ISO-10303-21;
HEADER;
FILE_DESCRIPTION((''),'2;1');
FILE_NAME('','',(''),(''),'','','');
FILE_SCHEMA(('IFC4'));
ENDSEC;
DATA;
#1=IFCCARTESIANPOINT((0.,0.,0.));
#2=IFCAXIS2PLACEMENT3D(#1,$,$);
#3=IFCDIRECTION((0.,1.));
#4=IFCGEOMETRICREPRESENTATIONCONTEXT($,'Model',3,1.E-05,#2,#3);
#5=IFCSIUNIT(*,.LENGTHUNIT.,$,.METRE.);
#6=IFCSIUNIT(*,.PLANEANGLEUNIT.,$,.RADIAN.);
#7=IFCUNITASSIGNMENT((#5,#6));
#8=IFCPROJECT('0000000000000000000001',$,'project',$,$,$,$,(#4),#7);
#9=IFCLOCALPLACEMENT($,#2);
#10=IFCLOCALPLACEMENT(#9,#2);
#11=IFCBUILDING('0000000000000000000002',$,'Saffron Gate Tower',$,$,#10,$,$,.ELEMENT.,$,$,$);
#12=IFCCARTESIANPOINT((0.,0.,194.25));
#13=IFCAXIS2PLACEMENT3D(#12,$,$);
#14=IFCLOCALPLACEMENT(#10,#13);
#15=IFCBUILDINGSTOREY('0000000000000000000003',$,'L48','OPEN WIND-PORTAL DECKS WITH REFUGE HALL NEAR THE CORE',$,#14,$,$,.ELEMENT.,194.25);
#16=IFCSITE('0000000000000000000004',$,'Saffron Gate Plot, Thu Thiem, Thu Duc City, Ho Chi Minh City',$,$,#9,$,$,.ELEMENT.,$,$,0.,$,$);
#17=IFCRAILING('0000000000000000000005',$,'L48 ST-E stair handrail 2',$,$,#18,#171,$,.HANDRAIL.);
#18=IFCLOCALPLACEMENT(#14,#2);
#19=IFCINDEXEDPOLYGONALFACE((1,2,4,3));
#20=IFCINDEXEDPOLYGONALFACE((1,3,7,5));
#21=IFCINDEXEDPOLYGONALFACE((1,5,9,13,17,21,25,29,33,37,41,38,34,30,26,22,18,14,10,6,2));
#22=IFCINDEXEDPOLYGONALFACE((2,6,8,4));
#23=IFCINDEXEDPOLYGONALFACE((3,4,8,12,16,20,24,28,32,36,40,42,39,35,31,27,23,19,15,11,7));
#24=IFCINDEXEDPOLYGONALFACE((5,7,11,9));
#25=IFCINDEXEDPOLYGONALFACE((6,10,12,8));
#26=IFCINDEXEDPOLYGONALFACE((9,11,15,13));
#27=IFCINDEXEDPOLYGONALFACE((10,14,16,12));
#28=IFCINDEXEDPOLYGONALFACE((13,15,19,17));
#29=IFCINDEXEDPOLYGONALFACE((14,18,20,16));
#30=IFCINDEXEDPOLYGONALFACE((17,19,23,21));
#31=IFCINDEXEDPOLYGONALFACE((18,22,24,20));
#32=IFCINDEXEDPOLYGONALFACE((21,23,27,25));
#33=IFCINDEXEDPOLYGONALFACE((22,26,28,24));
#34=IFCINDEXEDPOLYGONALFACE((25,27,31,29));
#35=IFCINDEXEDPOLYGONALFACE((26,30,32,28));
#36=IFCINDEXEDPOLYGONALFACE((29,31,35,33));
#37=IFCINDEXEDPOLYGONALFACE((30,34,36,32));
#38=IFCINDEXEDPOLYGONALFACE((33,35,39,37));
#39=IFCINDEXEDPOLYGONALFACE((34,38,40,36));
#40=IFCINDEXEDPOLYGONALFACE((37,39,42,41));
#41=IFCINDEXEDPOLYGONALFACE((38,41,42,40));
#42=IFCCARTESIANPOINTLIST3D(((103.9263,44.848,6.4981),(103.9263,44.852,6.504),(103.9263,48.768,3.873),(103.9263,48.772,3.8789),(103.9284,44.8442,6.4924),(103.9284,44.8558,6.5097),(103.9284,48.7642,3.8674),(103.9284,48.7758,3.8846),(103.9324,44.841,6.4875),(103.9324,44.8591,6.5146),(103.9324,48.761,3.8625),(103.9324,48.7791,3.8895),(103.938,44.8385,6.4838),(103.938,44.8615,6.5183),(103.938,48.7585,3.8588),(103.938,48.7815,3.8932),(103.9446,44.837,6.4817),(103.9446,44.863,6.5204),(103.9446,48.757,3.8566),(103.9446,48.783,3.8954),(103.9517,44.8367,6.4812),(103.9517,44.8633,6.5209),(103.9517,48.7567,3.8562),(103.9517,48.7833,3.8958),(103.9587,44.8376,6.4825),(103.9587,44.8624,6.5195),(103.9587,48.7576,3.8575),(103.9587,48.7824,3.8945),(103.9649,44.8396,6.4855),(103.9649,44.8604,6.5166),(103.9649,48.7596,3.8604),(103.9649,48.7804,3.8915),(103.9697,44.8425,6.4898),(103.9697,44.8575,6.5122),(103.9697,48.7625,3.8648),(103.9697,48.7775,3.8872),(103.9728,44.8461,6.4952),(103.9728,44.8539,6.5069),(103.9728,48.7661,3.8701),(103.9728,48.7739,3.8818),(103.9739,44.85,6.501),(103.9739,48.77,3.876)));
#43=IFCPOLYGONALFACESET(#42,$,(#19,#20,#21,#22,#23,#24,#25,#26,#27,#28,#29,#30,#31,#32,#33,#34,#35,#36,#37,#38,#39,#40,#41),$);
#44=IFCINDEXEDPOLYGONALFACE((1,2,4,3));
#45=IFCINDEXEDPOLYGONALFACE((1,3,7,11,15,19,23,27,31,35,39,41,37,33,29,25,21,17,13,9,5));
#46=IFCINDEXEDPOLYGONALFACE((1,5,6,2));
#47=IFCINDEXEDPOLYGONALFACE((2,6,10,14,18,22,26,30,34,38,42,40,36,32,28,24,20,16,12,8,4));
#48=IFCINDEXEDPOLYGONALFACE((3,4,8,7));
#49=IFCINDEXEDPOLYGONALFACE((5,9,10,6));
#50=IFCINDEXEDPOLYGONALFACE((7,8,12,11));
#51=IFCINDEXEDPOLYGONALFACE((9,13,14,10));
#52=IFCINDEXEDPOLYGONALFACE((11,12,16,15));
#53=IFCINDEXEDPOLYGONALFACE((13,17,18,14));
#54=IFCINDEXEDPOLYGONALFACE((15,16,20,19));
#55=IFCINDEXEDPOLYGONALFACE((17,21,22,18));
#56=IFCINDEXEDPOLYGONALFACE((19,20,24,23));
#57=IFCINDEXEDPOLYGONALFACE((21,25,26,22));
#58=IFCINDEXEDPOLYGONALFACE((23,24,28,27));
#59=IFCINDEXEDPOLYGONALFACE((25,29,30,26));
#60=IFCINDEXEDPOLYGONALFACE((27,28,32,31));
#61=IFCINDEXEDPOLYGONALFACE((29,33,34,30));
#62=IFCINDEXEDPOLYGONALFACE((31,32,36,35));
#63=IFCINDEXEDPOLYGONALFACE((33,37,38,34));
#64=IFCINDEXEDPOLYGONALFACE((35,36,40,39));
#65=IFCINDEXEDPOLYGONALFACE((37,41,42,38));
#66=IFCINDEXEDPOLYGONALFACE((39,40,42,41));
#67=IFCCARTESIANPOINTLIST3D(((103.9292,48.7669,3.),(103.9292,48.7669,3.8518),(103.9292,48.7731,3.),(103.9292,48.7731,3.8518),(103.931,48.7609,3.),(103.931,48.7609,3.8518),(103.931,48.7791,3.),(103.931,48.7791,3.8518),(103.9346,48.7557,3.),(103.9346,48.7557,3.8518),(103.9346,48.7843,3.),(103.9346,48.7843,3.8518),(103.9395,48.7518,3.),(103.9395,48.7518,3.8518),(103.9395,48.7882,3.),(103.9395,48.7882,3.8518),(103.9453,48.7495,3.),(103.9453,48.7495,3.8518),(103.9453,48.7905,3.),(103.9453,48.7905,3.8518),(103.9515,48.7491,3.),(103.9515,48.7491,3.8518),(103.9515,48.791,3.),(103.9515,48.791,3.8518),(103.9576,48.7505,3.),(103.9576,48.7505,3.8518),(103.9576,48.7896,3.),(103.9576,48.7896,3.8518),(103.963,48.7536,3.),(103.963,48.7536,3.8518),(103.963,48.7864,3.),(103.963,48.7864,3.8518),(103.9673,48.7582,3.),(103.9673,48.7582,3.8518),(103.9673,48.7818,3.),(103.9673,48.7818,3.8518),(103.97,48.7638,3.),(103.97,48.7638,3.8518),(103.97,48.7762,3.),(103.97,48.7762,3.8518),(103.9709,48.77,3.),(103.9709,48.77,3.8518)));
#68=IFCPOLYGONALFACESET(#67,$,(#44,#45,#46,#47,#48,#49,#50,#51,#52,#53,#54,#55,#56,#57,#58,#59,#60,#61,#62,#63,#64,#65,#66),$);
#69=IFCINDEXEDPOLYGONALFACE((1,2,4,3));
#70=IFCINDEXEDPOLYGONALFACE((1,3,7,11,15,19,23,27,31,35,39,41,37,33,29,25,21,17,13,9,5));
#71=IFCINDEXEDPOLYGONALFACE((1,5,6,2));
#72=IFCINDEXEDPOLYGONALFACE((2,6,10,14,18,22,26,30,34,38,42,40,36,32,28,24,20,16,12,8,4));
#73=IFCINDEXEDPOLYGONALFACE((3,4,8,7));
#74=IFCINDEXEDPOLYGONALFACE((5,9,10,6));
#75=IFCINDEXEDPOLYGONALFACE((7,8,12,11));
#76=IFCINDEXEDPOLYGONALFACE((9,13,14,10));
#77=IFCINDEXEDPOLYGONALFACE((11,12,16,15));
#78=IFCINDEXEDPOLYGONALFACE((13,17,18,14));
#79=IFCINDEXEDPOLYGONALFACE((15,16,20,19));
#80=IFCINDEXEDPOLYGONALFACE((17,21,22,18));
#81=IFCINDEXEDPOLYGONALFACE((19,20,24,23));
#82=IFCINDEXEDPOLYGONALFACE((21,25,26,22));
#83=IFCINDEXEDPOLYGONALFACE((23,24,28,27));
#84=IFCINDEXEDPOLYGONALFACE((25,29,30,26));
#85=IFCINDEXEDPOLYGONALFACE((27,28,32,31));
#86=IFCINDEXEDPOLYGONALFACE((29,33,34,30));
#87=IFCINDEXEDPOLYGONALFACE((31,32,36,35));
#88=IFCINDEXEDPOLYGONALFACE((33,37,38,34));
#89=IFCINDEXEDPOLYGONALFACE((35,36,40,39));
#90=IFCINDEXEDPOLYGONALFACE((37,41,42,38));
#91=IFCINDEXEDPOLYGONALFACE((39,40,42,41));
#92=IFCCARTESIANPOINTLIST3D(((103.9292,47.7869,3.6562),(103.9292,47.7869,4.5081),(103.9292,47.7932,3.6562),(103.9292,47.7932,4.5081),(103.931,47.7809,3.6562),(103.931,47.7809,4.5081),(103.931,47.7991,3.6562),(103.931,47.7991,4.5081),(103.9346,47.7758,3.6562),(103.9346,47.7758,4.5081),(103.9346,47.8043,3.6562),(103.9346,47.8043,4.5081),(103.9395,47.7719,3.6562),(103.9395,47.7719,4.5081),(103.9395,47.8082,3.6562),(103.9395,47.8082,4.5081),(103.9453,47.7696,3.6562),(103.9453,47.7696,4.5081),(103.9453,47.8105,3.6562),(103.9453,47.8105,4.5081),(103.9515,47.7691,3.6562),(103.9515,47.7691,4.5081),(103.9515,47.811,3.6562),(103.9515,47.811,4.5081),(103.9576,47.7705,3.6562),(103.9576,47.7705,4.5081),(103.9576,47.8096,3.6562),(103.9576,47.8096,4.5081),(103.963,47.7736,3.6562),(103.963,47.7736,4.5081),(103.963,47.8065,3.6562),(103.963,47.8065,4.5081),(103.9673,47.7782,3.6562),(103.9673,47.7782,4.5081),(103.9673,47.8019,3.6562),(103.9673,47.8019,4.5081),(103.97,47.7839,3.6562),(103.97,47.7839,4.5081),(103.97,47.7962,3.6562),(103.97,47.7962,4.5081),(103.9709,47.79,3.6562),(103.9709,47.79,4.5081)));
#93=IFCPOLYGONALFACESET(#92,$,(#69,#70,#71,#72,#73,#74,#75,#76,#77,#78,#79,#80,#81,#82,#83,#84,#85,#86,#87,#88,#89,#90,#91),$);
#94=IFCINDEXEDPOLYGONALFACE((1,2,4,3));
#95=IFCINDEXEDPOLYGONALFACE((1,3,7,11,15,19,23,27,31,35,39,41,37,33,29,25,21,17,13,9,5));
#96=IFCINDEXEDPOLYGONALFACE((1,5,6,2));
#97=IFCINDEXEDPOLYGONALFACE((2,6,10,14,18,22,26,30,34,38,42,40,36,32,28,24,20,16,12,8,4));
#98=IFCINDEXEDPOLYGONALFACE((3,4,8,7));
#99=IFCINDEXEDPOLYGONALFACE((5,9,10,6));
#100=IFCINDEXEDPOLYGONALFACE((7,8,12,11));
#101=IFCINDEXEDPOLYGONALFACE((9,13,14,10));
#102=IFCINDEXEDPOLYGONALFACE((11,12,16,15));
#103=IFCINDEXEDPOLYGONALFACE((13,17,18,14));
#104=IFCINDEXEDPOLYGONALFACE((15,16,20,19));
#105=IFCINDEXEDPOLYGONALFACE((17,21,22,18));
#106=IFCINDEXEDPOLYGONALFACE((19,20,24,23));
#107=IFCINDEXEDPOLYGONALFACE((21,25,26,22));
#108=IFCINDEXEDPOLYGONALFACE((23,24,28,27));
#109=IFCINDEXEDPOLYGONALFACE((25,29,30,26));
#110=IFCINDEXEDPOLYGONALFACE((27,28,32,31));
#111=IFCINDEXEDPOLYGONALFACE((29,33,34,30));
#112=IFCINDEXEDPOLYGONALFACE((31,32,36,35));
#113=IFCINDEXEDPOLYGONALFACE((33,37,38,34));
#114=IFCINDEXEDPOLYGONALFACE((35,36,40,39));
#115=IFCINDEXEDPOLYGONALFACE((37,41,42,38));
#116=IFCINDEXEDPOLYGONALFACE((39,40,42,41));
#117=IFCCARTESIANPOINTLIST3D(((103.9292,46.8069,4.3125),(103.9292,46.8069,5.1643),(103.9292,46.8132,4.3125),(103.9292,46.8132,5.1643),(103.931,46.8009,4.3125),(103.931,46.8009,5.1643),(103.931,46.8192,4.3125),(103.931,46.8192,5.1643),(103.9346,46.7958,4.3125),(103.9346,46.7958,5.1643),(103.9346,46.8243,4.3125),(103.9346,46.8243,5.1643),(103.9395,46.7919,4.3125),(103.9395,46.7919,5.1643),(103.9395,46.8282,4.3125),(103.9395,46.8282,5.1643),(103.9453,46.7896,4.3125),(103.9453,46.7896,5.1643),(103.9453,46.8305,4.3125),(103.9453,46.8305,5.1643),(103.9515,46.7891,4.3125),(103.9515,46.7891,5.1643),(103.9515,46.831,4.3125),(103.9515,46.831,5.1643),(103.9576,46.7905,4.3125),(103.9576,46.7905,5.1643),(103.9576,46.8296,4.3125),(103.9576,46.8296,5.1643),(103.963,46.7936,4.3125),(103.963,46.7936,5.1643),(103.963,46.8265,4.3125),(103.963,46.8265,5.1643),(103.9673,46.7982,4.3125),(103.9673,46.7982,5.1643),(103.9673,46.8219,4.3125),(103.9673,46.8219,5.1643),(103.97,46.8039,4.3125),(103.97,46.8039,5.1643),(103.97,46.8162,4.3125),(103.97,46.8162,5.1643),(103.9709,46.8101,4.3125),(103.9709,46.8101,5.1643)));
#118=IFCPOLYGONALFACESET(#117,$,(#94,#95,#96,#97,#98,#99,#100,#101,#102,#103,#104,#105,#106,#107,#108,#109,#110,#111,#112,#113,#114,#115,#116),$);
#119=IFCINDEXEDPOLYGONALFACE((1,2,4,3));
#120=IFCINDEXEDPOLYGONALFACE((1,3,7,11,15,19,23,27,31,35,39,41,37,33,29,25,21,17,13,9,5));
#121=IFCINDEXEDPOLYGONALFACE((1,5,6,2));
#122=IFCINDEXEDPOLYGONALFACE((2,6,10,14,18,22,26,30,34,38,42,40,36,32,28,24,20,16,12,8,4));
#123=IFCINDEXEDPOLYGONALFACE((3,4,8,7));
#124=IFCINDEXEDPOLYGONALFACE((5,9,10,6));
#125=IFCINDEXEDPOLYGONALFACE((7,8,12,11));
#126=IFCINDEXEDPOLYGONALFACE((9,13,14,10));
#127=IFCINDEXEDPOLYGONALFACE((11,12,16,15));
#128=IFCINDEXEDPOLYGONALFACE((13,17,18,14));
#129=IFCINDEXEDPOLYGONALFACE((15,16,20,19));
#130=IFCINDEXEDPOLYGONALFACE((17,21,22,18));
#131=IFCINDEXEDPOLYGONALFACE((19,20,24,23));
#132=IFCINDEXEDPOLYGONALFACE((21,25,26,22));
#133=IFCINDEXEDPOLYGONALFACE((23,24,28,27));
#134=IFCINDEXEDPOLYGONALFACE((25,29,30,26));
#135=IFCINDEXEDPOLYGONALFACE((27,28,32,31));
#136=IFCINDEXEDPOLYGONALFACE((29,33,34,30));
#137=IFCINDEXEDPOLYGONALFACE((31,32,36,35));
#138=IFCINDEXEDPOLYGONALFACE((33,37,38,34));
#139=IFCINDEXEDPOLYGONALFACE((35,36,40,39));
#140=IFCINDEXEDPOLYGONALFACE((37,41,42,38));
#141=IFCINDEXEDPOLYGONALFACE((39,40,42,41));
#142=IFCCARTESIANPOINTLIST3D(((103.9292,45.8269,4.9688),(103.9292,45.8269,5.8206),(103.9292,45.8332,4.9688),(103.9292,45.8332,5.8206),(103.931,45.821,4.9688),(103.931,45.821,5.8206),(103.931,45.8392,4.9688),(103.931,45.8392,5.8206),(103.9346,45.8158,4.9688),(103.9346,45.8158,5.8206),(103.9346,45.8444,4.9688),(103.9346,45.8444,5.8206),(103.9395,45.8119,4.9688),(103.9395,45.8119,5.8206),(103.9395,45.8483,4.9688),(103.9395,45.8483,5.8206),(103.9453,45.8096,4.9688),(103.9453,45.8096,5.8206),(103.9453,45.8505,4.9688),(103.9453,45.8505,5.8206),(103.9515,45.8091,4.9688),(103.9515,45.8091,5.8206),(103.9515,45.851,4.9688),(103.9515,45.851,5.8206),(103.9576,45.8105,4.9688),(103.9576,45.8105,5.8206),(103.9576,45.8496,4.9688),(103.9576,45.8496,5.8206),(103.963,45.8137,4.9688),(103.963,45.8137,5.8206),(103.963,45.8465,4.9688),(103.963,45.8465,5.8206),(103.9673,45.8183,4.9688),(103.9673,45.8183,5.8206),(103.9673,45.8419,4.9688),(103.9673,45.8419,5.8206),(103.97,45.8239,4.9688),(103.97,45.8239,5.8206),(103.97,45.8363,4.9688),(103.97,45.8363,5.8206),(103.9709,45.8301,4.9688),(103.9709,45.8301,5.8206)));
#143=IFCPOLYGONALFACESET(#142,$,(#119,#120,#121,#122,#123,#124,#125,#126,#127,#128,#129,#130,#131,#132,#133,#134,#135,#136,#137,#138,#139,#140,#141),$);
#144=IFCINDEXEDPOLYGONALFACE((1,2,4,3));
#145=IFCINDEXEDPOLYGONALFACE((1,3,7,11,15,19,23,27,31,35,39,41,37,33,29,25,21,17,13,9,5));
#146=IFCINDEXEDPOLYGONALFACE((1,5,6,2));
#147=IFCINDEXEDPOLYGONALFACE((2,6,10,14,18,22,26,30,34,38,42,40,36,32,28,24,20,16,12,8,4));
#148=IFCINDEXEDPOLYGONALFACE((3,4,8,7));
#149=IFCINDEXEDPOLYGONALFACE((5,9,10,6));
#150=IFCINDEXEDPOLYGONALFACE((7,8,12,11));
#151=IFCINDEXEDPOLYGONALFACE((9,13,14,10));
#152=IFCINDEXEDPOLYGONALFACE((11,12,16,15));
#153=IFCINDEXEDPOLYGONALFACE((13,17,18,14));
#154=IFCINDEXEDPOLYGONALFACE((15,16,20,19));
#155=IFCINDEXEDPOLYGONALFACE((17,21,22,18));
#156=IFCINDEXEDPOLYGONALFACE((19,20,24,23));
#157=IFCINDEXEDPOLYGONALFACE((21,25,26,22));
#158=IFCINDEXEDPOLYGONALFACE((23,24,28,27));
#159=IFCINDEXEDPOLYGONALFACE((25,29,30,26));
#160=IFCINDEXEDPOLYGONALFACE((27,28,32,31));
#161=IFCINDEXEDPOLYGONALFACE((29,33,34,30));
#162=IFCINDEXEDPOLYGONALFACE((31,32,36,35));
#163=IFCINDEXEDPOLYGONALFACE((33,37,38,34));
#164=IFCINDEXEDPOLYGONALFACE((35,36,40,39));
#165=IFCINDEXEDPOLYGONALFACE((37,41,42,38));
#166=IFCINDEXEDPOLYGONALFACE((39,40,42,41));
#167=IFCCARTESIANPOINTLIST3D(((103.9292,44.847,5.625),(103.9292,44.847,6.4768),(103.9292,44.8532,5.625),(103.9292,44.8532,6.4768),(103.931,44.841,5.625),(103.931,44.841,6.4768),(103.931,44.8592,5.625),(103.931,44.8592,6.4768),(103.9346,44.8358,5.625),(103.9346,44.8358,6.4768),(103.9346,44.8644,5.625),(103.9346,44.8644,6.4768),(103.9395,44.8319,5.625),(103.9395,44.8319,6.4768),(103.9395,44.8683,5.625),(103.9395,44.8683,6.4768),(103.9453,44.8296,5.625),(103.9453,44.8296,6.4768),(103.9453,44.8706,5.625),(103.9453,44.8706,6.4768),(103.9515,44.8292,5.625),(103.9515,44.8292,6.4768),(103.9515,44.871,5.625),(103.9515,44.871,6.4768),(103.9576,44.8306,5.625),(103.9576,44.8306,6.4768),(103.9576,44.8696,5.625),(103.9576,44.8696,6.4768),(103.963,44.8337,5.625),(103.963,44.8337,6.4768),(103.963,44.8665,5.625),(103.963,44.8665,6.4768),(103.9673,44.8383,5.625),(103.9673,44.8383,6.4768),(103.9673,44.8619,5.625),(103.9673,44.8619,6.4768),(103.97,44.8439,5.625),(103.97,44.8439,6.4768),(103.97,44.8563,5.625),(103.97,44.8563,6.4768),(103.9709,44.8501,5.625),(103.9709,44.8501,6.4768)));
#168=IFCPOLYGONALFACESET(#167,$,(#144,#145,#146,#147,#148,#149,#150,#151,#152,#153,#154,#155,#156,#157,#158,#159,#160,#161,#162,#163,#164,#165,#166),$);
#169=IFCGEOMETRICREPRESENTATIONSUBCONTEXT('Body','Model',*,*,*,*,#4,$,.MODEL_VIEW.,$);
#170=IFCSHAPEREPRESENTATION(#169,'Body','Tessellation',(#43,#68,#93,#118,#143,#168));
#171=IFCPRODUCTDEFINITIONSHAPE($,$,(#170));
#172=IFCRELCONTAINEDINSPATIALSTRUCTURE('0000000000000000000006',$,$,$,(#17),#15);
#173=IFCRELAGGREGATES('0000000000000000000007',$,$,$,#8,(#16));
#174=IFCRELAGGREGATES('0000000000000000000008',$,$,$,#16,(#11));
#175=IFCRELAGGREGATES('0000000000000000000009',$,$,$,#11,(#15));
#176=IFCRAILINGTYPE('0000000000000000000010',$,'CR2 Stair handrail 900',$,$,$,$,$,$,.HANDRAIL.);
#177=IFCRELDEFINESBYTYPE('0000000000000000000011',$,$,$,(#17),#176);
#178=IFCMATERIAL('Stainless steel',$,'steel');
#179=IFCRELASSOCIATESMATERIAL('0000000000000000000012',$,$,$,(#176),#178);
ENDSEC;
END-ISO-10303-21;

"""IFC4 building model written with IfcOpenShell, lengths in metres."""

from ifc_helpers import new_model, si_unit, direction, frame, origin, origin_2d, place, context, subcontext, project, spatial, circle, extrude, material, type_object, element, save


model = new_model("IFC4")

# Units and contexts
model_context = context("Model", 3, precision=1e-05, world=origin(), true_north=direction((0.0, 1.0)))
body_context = subcontext(model_context, "Body", "Model", "MODEL_VIEW")
ifc_project = project(units=[si_unit("LENGTHUNIT", "METRE"), si_unit("PLANEANGLEUNIT", "RADIAN")], contexts=[model_context])

# Site, building, storey
site_placement = place(None, origin())
site = spatial("IfcSite", under=ifc_project, at=site_placement, Name="Saffron Gate Plot, Thu Thiem, Thu Duc City, Ho Chi Minh City", CompositionType="ELEMENT", RefElevation=0.0)
building_placement = place(site_placement, origin())
building = spatial("IfcBuilding", under=site, at=building_placement, Name="Saffron Gate Tower", CompositionType="ELEMENT")
storey_placement = place(building_placement, frame((0.0, 0.0, 194.25)))
storey = spatial("IfcBuildingStorey", under=building, at=storey_placement, Name="L48", Description="OPEN WIND-PORTAL DECKS WITH REFUGE HALL NEAR THE CORE", CompositionType="ELEMENT", Elevation=194.25)

# Railing
ifc_material_1 = material(Name="Stainless steel", Category="steel")
railing_type_1 = type_object("IfcRailingType", Name="CR2 Stair handrail 900", PredefinedType="HANDRAIL", material=ifc_material_1)
for number, where, name in (
    (1, (103.95, 48.77, 3.0), "L48 ST-E stair handrail 2"),
):
    element("IfcRailing", number, at=place(storey_placement, frame(where)), inside=storey, type_object=railing_type_1, Name=name, PredefinedType="HANDRAIL", context=body_context, shape_type="SweptSolid", body=[
        extrude(circle(Radius=0.0239, at=origin_2d()), frame((0.0, 0.0, 0.876), z_axis=(0.0, -0.830902, 0.556419), x_axis=(1.0, 0.0, 0.0)), (0.0, 0.0, 1.0), 4.7178),
        extrude(circle(Radius=0.021, at=origin_2d()), origin(), (0.0, 0.0, 1.0), 0.8518),
        extrude(circle(Radius=0.021, at=origin_2d()), frame((0.0, -0.98, 0.6562)), (0.0, 0.0, 1.0), 0.8518),
        extrude(circle(Radius=0.021, at=origin_2d()), frame((0.0, -1.96, 1.3125)), (0.0, 0.0, 1.0), 0.8518),
        extrude(circle(Radius=0.021, at=origin_2d()), frame((0.0, -2.9399, 1.9688)), (0.0, 0.0, 1.0), 0.8518),
        extrude(circle(Radius=0.021, at=origin_2d()), frame((0.0, -3.9199, 2.625)), (0.0, 0.0, 1.0), 0.8518),
    ])

save(model, "model.ifc")
